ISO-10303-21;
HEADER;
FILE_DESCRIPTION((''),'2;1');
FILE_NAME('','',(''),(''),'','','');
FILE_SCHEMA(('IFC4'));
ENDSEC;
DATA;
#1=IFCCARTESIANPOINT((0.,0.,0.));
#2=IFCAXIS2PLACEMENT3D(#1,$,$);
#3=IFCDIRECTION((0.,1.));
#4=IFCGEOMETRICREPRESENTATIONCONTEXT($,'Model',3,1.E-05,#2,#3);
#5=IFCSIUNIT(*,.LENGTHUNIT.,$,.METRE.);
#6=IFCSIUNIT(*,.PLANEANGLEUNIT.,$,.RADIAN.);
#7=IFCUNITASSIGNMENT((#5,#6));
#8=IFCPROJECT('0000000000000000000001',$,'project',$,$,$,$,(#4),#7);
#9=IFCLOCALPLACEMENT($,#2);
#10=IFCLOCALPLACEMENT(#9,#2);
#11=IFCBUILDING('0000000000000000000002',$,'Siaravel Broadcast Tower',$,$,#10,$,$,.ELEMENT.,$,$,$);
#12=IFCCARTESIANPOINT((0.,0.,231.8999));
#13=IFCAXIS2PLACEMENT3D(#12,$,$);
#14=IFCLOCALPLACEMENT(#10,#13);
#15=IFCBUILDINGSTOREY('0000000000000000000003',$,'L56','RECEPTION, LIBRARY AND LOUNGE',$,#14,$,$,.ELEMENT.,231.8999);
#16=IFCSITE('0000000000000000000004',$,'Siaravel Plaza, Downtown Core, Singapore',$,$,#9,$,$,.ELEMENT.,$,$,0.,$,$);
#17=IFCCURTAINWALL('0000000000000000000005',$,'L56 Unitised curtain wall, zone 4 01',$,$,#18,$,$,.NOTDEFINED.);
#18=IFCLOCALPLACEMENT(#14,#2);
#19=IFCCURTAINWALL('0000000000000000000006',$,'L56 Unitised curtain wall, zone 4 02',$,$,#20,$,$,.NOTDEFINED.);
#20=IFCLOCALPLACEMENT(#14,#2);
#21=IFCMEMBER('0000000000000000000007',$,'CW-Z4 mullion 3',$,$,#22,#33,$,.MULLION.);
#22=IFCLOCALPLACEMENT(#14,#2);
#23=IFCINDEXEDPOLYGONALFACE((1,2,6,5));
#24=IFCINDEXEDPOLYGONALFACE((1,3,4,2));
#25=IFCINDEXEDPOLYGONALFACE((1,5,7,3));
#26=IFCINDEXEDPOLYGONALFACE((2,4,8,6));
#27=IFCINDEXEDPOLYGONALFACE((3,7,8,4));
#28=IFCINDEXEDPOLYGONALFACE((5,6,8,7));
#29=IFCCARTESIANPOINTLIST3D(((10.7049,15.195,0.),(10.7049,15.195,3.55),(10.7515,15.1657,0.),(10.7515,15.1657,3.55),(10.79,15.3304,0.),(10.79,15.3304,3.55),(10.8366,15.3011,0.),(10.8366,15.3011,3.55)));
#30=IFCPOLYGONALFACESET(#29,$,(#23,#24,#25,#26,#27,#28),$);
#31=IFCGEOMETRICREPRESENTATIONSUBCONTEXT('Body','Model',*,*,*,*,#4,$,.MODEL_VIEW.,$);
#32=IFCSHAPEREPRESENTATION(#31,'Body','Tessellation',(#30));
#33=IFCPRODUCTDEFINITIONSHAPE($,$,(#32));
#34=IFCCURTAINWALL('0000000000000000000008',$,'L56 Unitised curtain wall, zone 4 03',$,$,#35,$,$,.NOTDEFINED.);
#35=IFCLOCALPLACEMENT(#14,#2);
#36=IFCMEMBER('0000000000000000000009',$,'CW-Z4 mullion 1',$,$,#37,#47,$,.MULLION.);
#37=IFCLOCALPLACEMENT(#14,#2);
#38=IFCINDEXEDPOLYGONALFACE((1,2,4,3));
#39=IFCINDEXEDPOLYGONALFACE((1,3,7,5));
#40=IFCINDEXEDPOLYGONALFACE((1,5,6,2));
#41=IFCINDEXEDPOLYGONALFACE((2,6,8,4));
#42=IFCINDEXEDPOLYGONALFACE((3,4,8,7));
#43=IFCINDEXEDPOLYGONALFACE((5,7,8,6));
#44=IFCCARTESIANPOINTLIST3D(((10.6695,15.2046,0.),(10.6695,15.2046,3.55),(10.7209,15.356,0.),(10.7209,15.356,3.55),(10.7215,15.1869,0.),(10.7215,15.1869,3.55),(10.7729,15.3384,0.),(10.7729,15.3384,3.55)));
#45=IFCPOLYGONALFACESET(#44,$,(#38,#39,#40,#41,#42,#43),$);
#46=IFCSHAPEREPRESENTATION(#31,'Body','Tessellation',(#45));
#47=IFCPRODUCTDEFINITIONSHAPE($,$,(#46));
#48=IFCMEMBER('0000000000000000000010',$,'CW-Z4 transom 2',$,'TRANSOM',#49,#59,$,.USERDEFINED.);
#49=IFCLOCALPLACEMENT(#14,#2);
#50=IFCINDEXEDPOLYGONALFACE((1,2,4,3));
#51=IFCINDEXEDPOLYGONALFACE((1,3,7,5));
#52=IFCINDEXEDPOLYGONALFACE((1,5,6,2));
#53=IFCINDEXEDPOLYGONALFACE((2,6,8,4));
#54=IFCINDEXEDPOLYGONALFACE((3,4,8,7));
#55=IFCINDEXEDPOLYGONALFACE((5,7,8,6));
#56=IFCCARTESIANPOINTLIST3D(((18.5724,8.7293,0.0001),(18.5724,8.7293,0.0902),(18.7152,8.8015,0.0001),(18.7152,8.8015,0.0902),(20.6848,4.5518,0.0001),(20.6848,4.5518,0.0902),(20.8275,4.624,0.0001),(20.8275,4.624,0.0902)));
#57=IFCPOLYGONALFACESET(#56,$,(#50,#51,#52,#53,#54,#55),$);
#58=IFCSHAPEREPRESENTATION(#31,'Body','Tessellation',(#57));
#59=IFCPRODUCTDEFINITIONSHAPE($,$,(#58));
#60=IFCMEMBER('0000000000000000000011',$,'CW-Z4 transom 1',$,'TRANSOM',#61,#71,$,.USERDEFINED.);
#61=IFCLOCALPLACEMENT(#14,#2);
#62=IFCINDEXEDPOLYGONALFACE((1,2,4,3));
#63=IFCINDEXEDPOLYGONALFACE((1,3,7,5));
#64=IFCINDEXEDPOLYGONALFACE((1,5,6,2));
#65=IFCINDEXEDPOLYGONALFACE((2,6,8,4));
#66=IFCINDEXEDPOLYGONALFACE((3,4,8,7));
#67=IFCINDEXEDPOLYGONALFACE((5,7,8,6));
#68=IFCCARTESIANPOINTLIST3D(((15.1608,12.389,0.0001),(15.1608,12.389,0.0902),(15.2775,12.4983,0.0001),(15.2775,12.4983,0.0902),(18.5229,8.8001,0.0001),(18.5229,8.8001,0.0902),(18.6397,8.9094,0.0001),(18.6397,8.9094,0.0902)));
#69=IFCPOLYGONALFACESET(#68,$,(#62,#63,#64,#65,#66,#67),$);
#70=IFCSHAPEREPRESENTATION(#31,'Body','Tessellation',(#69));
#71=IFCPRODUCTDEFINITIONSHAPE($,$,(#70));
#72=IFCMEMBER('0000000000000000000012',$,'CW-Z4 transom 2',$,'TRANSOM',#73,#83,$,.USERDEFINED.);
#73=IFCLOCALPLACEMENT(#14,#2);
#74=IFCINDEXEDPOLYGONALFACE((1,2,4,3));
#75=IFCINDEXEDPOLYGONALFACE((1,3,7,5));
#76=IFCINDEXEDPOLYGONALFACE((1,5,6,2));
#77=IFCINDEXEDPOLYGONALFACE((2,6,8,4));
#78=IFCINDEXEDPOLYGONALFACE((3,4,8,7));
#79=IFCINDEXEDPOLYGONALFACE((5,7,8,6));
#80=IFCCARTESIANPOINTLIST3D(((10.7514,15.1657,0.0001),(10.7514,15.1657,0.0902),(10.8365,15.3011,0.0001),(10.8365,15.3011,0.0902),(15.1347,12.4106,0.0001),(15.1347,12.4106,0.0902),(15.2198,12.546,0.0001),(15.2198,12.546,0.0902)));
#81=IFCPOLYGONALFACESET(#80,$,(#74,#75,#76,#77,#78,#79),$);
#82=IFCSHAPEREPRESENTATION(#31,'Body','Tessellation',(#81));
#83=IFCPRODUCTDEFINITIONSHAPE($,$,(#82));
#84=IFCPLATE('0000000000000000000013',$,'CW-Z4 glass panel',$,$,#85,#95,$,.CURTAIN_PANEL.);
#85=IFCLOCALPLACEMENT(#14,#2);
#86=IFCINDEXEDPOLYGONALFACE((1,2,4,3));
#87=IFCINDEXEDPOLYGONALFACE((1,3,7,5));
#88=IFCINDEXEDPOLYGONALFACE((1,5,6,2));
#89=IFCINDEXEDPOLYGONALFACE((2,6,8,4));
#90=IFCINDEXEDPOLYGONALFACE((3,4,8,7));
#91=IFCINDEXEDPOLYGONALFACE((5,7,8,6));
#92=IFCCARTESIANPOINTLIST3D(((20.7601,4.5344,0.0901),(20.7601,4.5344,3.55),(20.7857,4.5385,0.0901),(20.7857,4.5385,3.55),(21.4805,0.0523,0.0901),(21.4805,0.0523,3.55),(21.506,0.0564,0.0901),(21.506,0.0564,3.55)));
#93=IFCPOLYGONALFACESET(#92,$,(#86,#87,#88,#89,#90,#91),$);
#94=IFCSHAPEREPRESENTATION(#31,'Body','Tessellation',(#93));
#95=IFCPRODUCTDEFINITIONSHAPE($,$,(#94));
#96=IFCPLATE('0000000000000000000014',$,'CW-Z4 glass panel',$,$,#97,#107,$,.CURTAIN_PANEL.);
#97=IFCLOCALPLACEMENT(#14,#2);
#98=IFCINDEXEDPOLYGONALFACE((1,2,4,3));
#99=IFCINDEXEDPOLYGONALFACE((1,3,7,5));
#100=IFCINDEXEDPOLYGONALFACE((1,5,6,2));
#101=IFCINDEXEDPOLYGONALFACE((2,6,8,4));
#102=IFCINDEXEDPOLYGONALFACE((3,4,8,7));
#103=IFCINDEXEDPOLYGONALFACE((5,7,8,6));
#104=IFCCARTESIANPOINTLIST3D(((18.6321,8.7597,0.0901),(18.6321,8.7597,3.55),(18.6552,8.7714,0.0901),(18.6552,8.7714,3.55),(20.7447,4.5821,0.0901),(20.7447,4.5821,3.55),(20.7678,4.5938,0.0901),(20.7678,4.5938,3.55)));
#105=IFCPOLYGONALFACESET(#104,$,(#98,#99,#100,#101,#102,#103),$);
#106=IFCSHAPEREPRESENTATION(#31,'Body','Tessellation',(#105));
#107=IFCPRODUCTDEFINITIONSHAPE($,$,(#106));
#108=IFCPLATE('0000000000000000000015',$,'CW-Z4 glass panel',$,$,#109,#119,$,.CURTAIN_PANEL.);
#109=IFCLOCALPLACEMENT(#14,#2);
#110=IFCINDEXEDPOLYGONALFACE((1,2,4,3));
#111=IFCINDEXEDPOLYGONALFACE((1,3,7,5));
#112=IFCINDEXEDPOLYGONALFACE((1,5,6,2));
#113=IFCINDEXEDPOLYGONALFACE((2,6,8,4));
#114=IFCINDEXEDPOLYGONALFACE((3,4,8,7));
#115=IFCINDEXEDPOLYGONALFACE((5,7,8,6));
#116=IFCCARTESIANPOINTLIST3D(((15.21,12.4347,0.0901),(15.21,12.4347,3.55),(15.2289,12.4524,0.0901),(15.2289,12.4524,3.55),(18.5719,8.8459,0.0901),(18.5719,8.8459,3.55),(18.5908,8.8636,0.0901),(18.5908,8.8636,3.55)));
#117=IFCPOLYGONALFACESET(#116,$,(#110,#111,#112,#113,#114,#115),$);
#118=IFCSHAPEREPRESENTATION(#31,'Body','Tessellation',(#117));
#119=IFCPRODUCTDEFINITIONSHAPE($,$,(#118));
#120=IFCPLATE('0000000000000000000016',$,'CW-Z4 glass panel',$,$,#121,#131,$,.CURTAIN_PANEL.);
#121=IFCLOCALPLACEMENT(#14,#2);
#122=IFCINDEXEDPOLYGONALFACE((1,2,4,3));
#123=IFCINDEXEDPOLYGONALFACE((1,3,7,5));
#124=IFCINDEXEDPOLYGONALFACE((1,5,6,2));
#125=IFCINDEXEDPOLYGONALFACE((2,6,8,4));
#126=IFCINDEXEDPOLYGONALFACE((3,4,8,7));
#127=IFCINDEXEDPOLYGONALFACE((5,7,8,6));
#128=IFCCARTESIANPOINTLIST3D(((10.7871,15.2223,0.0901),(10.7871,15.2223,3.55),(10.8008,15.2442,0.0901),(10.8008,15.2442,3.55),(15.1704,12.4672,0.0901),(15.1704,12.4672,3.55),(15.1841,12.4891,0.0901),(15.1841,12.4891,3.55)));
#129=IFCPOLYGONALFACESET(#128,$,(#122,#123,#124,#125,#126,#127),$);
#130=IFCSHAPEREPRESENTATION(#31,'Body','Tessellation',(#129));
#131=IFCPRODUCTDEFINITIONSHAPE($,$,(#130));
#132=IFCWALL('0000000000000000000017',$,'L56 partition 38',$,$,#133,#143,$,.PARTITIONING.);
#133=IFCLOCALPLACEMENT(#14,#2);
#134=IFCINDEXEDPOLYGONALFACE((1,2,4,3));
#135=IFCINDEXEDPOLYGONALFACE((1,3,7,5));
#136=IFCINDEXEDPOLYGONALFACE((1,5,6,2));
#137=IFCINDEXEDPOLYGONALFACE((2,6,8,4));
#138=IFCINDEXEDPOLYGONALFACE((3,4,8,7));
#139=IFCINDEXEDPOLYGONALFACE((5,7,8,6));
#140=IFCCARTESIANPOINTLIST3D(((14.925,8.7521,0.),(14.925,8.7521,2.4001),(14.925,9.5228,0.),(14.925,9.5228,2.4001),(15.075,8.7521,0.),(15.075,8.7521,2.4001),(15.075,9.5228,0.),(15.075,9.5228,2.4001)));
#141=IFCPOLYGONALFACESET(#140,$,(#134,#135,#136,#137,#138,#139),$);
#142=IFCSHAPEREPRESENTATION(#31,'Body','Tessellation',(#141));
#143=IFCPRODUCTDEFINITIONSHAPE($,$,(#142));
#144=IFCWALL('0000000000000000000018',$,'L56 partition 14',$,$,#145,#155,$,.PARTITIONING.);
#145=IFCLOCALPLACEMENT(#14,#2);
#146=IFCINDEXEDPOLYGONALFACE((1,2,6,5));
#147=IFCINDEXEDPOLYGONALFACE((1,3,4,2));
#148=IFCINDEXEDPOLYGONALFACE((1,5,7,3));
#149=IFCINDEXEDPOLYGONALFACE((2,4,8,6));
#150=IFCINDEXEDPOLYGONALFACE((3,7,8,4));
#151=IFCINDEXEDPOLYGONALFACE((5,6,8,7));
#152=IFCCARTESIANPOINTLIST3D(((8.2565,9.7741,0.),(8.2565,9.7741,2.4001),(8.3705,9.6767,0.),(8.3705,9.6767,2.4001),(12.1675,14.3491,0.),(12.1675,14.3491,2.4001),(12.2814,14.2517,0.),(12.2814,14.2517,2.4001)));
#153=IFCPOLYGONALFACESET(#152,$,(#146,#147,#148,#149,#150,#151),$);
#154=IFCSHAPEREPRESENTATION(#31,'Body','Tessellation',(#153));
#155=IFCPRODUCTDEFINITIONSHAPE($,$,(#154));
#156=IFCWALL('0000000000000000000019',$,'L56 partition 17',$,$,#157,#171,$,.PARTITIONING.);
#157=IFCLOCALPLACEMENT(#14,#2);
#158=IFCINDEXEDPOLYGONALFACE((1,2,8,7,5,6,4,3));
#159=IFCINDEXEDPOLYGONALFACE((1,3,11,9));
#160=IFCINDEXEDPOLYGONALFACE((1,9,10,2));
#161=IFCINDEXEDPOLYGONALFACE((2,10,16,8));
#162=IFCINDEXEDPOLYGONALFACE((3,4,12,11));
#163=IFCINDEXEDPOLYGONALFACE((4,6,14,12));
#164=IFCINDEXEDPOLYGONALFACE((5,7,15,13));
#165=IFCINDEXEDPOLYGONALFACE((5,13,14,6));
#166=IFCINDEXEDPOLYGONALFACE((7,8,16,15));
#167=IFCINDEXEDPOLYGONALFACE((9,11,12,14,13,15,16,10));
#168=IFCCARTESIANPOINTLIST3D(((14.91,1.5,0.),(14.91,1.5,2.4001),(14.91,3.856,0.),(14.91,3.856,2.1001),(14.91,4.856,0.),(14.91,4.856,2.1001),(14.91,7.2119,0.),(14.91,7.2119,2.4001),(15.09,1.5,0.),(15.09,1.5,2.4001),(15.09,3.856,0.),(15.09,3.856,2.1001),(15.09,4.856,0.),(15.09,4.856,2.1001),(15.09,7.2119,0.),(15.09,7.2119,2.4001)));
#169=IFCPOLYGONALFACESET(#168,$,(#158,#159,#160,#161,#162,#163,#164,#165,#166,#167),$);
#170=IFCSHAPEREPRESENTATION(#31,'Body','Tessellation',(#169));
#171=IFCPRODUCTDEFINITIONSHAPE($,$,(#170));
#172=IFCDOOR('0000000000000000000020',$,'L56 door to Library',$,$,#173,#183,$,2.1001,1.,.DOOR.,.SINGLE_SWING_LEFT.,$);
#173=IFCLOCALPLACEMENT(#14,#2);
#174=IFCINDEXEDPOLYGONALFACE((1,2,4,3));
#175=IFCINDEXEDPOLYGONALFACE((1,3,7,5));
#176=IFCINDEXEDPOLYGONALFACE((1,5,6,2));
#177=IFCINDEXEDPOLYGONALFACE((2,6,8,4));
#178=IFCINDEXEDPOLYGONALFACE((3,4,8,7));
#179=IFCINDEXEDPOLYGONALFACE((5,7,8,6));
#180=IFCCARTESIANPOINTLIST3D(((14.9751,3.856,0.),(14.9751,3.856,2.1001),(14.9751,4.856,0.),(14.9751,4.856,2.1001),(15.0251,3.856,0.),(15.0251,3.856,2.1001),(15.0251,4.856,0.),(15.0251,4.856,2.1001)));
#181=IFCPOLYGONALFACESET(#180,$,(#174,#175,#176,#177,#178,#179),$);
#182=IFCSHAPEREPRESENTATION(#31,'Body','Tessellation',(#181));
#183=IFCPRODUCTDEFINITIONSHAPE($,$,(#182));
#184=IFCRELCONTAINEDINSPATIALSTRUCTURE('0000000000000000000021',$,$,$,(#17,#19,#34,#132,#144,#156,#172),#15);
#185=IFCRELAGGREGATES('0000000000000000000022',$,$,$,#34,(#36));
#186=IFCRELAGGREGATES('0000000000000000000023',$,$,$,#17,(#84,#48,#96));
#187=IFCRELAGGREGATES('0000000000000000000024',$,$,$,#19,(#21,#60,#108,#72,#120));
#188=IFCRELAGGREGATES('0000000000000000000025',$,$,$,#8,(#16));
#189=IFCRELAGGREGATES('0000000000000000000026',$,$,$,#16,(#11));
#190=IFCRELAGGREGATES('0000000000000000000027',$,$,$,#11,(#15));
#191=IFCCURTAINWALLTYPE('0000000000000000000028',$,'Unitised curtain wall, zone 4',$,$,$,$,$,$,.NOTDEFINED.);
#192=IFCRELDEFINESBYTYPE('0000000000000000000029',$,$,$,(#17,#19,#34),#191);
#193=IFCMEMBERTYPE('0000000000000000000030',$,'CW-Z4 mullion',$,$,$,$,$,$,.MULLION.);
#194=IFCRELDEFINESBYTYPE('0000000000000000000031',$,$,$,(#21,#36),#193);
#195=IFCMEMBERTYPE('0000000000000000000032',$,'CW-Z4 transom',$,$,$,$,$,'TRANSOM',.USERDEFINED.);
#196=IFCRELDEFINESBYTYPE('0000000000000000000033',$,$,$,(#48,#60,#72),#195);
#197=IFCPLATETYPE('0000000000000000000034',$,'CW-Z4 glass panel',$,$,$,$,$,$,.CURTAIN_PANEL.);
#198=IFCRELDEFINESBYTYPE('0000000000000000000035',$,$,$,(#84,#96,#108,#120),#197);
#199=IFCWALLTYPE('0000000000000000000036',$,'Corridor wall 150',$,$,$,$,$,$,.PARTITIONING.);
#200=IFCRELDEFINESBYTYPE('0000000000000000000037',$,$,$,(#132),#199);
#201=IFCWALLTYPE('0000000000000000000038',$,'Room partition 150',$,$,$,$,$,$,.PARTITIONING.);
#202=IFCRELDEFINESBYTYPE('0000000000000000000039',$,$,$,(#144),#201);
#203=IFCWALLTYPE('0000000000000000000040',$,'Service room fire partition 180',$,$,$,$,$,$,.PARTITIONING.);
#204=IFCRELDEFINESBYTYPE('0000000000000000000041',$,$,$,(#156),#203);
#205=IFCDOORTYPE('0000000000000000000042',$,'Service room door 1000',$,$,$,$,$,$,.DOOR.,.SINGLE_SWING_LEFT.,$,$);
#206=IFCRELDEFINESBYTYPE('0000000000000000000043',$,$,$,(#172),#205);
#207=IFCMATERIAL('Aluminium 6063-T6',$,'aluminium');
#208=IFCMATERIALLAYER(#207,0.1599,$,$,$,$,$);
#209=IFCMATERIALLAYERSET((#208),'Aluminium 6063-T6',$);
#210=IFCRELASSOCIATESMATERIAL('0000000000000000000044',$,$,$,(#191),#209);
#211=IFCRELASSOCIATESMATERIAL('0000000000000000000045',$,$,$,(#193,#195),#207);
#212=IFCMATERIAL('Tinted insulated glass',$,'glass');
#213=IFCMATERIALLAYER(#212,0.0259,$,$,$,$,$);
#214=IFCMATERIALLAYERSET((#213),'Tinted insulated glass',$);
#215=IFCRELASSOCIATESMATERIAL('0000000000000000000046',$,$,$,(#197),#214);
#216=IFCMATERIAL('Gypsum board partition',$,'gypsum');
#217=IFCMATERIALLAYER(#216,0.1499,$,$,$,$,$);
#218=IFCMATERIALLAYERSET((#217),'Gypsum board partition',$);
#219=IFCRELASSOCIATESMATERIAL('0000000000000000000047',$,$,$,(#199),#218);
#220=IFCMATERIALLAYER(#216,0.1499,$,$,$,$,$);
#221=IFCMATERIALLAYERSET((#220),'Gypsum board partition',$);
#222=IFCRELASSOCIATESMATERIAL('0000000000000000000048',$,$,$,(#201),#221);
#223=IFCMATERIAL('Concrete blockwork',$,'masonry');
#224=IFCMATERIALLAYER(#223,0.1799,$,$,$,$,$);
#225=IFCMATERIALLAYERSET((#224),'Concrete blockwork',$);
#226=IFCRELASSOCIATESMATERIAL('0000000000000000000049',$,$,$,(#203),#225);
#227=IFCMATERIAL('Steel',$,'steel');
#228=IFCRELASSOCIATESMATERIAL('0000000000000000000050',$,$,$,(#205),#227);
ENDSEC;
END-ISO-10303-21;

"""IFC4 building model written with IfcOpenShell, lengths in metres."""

from ifc_helpers import new_model, si_unit, direction, frame, frame_2d, origin, origin_2d, place, context, subcontext, project, spatial, rectangle, extrude, material, layer, layer_set, material_profile, profile_set, type_object, element, fill, aggregate, save


model = new_model("IFC4")

# Units and contexts
model_context = context("Model", 3, precision=1e-05, world=origin(), true_north=direction((0.0, 1.0)))
body_context = subcontext(model_context, "Body", "Model", "MODEL_VIEW")
ifc_project = project(units=[si_unit("LENGTHUNIT", "METRE"), si_unit("PLANEANGLEUNIT", "RADIAN")], contexts=[model_context])

# Site, building, storey
site_placement = place(None, origin())
site = spatial("IfcSite", under=ifc_project, at=site_placement, Name="Siaravel Plaza, Downtown Core, Singapore", CompositionType="ELEMENT", RefElevation=0.0)
building_placement = place(site_placement, origin())
building = spatial("IfcBuilding", under=site, at=building_placement, Name="Siaravel Broadcast Tower", CompositionType="ELEMENT")
storey_placement = place(building_placement, frame((0.0, 0.0, 231.8999)))
storey = spatial("IfcBuildingStorey", under=building, at=storey_placement, Name="L56", Description="RECEPTION, LIBRARY AND LOUNGE", CompositionType="ELEMENT", Elevation=231.8999)

# Curtain walls, member
ifc_material_1 = material(Name="Aluminium 6063-T6", Category="aluminium")
ifc_layer_1 = layer(ifc_material_1, 0.1599)
ifc_layer_set_1 = layer_set([ifc_layer_1], Name="Aluminium 6063-T6")
curtain_wall_type = type_object("IfcCurtainWallType", Name="Unitised curtain wall, zone 4", PredefinedType="NOTDEFINED", material=ifc_layer_set_1)
curtain_wall_1_placement = place(storey_placement, origin())
curtain_wall_1 = element("IfcCurtainWall", 1, at=curtain_wall_1_placement, inside=storey, type_object=curtain_wall_type, Name="L56 Unitised curtain wall, zone 4 01", PredefinedType="NOTDEFINED")
ifc_material_profile_1 = material_profile(ifc_material_1, rectangle(XDim=0.1599, YDim=0.0549, at=origin_2d()))
ifc_profile_set_1 = profile_set([ifc_material_profile_1], Name="Aluminium 6063-T6")
member_type_1 = type_object("IfcMemberType", Name="CW-Z4 mullion", PredefinedType="MULLION", material=ifc_profile_set_1)
curtain_wall_2_placement = place(storey_placement, origin())
curtain_wall_2 = element("IfcCurtainWall", 2, at=curtain_wall_2_placement, inside=storey, type_object=curtain_wall_type, Name="L56 Unitised curtain wall, zone 4 02", PredefinedType="NOTDEFINED")
member_1_placement = place(storey_placement, frame((10.7708, 15.248, 0.0), z_axis=(0.0, 0.0, 1.0), x_axis=(-0.53215, -0.84665, 0.0)))
member_1 = element("IfcMember", 3, at=member_1_placement, type_object=member_type_1, Name="CW-Z4 mullion 3", PredefinedType="MULLION", context=body_context, shape_type="SweptSolid", body=[
    extrude(rectangle(XDim=0.1599, YDim=0.0549, at=origin_2d()), origin(), (0.0, 0.0, 1.0), 3.55),
])

# Curtain wall, member
curtain_wall_3_placement = place(storey_placement, origin())
curtain_wall_3 = element("IfcCurtainWall", 4, at=curtain_wall_3_placement, inside=storey, type_object=curtain_wall_type, Name="L56 Unitised curtain wall, zone 4 03", PredefinedType="NOTDEFINED")
member_2_placement = place(storey_placement, frame((10.7212, 15.2715, 0.0), z_axis=(0.0, 0.0, 1.0), x_axis=(-0.321301, -0.946977, 0.0)))
member_2 = element("IfcMember", 5, at=member_2_placement, type_object=member_type_1, Name="CW-Z4 mullion 1", PredefinedType="MULLION", context=body_context, shape_type="SweptSolid", body=[
    extrude(rectangle(XDim=0.1599, YDim=0.0549, at=origin_2d()), origin(), (0.0, 0.0, 1.0), 3.55),
])
aggregate(curtain_wall_3, [member_2])

# Members
ifc_material_profile_2 = material_profile(ifc_material_1, rectangle(XDim=0.1599, YDim=0.0901, at=origin_2d()))
ifc_profile_set_2 = profile_set([ifc_material_profile_2], Name="Aluminium 6063-T6")
member_type_2 = type_object("IfcMemberType", Name="CW-Z4 transom", ElementType="TRANSOM", PredefinedType="USERDEFINED", material=ifc_profile_set_2)
member_3_placement = place(storey_placement, frame((20.7561, 4.5879, 0.0452), z_axis=(-0.451235, 0.892405, 0.0), x_axis=(-0.892405, -0.451235, 0.0)))
member_3 = element("IfcMember", 6, at=member_3_placement, type_object=member_type_2, Name="CW-Z4 transom 2", ObjectType="TRANSOM", PredefinedType="USERDEFINED", context=body_context, shape_type="SweptSolid", body=[
    extrude(rectangle(XDim=0.1599, YDim=0.0901, at=origin_2d()), origin(), (0.0, 0.0, 1.0), 4.6812),
])
member_4_placement = place(storey_placement, frame((18.5813, 8.8547, 0.0452), z_axis=(-0.68367, 0.729791, 0.0), x_axis=(-0.729791, -0.68367, 0.0)))
member_4 = element("IfcMember", 7, at=member_4_placement, type_object=member_type_2, Name="CW-Z4 transom 1", ObjectType="TRANSOM", PredefinedType="USERDEFINED", context=body_context, shape_type="SweptSolid", body=[
    extrude(rectangle(XDim=0.1599, YDim=0.0901, at=origin_2d()), origin(), (0.0, 0.0, 1.0), 4.9177),
])
member_5_placement = place(storey_placement, frame((15.1772, 12.4783, 0.0452), z_axis=(-0.846644, 0.532159, 0.0), x_axis=(-0.532159, -0.846644, 0.0)))
member_5 = element("IfcMember", 8, at=member_5_placement, type_object=member_type_2, Name="CW-Z4 transom 2", ObjectType="TRANSOM", PredefinedType="USERDEFINED", context=body_context, shape_type="SweptSolid", body=[
    extrude(rectangle(XDim=0.1599, YDim=0.0901, at=origin_2d()), origin(), (0.0, 0.0, 1.0), 5.1772),
])

# Plates
ifc_material_2 = material(Name="Tinted insulated glass", Category="glass")
ifc_layer_2 = layer(ifc_material_2, 0.0259)
ifc_layer_set_2 = layer_set([ifc_layer_2], Name="Tinted insulated glass")
plate_type = type_object("IfcPlateType", Name="CW-Z4 glass panel", PredefinedType="CURTAIN_PANEL", material=ifc_layer_set_2)
plate_1_placement = place(storey_placement, frame((21.1331, 2.2954, 0.0901), z_axis=(0.0, 0.0, 1.0), x_axis=(-0.158685, 0.987329, 0.0)))
plate_1 = element("IfcPlate", 9, at=plate_1_placement, type_object=plate_type, Name="CW-Z4 glass panel", PredefinedType="CURTAIN_PANEL", context=body_context, shape_type="SweptSolid", body=[
    extrude(rectangle(XDim=4.5396, YDim=0.0259, at=origin_2d()), origin(), (0.0, 0.0, 1.0), 3.46),
])
plate_2_placement = place(storey_placement, frame((19.7, 6.6768, 0.0901), z_axis=(0.0, 0.0, 1.0), x_axis=(-0.451259, 0.892393, 0.0)))
plate_2 = element("IfcPlate", 10, at=plate_2_placement, type_object=plate_type, Name="CW-Z4 glass panel", PredefinedType="CURTAIN_PANEL", context=body_context, shape_type="SweptSolid", body=[
    extrude(rectangle(XDim=4.6814, YDim=0.0259, at=origin_2d()), origin(), (0.0, 0.0, 1.0), 3.46),
])
aggregate(curtain_wall_1, [plate_1, member_3, plate_2])
plate_3_placement = place(storey_placement, frame((16.9004, 10.6492, 0.0901), z_axis=(0.0, 0.0, 1.0), x_axis=(-0.683654, 0.729806, 0.0)))
plate_3 = element("IfcPlate", 11, at=plate_3_placement, type_object=plate_type, Name="CW-Z4 glass panel", PredefinedType="CURTAIN_PANEL", context=body_context, shape_type="SweptSolid", body=[
    extrude(rectangle(XDim=4.9175, YDim=0.0259, at=origin_2d()), origin(), (0.0, 0.0, 1.0), 3.46),
])
plate_4_placement = place(storey_placement, frame((12.9856, 13.8557, 0.0901), z_axis=(0.0, 0.0, 1.0), x_axis=(-0.84665, 0.53215, 0.0)))
plate_4 = element("IfcPlate", 12, at=plate_4_placement, type_object=plate_type, Name="CW-Z4 glass panel", PredefinedType="CURTAIN_PANEL", context=body_context, shape_type="SweptSolid", body=[
    extrude(rectangle(XDim=5.1772, YDim=0.0259, at=origin_2d()), origin(), (0.0, 0.0, 1.0), 3.46),
])
aggregate(curtain_wall_2, [member_1, member_4, plate_3, member_5, plate_4])

# Shared definitions
ifc_material_3 = material(Name="Gypsum board partition", Category="gypsum")
ifc_layer_3 = layer(ifc_material_3, 0.1499)
ifc_layer_set_3 = layer_set([ifc_layer_3], Name="Gypsum board partition")
wall_type_1 = type_object("IfcWallType", Name="Corridor wall 150", PredefinedType="PARTITIONING", material=ifc_layer_set_3)

# Walls
wall_1_placement = place(storey_placement, frame((15.0, 8.7522, 0.0), z_axis=(0.0, 0.0, 1.0), x_axis=(0.0, 1.0, 0.0)))
element("IfcWall", 13, at=wall_1_placement, inside=storey, type_object=wall_type_1, Name="L56 partition 38", PredefinedType="PARTITIONING", context=body_context, shape_type="SweptSolid", body=[
    extrude(rectangle(XDim=0.7708, YDim=0.1499, at=frame_2d((0.3853, 0.0))), origin(), (0.0, 0.0, 1.0), 2.4001),
])
ifc_layer_4 = layer(ifc_material_3, 0.1499)
ifc_layer_set_4 = layer_set([ifc_layer_4], Name="Gypsum board partition")
wall_type_2 = type_object("IfcWallType", Name="Room partition 150", PredefinedType="PARTITIONING", material=ifc_layer_set_4)
wall_2_placement = place(storey_placement, frame((12.2244, 14.3003, 0.0), z_axis=(0.0, 0.0, 1.0), x_axis=(-0.649785, -0.760118, 0.0)))
element("IfcWall", 14, at=wall_2_placement, inside=storey, type_object=wall_type_2, Name="L56 partition 14", PredefinedType="PARTITIONING", context=body_context, shape_type="SweptSolid", body=[
    extrude(rectangle(XDim=6.0188, YDim=0.1499, at=frame_2d((3.0093, 0.0))), origin(), (0.0, 0.0, 1.0), 2.4001),
])

# Wall, opening, door
ifc_material_4 = material(Name="Concrete blockwork", Category="masonry")
ifc_layer_5 = layer(ifc_material_4, 0.1799)
ifc_layer_set_5 = layer_set([ifc_layer_5], Name="Concrete blockwork")
wall_type_3 = type_object("IfcWallType", Name="Service room fire partition 180", PredefinedType="PARTITIONING", material=ifc_layer_set_5)
wall_3_placement = place(storey_placement, frame((15.0, 1.5, 0.0), z_axis=(0.0, 0.0, 1.0), x_axis=(0.0, 1.0, 0.0)))
wall_3 = element("IfcWall", 15, at=wall_3_placement, inside=storey, type_object=wall_type_3, Name="L56 partition 17", PredefinedType="PARTITIONING", context=body_context, shape_type="SweptSolid", body=[
    extrude(rectangle(XDim=5.7119, YDim=0.1799, at=frame_2d((2.856, 0.0))), origin(), (0.0, 0.0, 1.0), 2.4001),
])
opening_1_placement = place(wall_3_placement, frame((2.356, 0.0, 0.0)))
opening_1 = element("IfcOpeningElement", 16, at=opening_1_placement, cuts=wall_3, PredefinedType="OPENING", context=body_context, shape_type="SweptSolid", body=[
    extrude(rectangle(XDim=1.0, YDim=2.1001, at=frame_2d((0.5, 1.05))), frame((0.0, 0.0999, 0.0), z_axis=(0.0, -1.0, 0.0), x_axis=(1.0, 0.0, 0.0)), (0.0, 0.0, 1.0), 0.2),
])
ifc_material_5 = material(Name="Steel", Category="steel")
door_type_1 = type_object("IfcDoorType", Name="Service room door 1000", OperationType="SINGLE_SWING_LEFT", PredefinedType="DOOR", material=ifc_material_5)
door_1_placement = place(opening_1_placement, origin())
door_1 = element("IfcDoor", 17, at=door_1_placement, inside=storey, type_object=door_type_1, Name="L56 door to Library", OperationType="SINGLE_SWING_LEFT", OverallHeight=2.1001, OverallWidth=1.0, PredefinedType="DOOR", context=body_context, shape_type="SweptSolid", body=[
    extrude(rectangle(XDim=1.0, YDim=2.1001, at=frame_2d((0.5, 1.05))), frame((0.0, 0.0249, 0.0), z_axis=(0.0, -1.0, 0.0), x_axis=(1.0, 0.0, 0.0)), (0.0, 0.0, 1.0), 0.05),
])
fill(opening_1, door_1)

save(model, "model.ifc")
